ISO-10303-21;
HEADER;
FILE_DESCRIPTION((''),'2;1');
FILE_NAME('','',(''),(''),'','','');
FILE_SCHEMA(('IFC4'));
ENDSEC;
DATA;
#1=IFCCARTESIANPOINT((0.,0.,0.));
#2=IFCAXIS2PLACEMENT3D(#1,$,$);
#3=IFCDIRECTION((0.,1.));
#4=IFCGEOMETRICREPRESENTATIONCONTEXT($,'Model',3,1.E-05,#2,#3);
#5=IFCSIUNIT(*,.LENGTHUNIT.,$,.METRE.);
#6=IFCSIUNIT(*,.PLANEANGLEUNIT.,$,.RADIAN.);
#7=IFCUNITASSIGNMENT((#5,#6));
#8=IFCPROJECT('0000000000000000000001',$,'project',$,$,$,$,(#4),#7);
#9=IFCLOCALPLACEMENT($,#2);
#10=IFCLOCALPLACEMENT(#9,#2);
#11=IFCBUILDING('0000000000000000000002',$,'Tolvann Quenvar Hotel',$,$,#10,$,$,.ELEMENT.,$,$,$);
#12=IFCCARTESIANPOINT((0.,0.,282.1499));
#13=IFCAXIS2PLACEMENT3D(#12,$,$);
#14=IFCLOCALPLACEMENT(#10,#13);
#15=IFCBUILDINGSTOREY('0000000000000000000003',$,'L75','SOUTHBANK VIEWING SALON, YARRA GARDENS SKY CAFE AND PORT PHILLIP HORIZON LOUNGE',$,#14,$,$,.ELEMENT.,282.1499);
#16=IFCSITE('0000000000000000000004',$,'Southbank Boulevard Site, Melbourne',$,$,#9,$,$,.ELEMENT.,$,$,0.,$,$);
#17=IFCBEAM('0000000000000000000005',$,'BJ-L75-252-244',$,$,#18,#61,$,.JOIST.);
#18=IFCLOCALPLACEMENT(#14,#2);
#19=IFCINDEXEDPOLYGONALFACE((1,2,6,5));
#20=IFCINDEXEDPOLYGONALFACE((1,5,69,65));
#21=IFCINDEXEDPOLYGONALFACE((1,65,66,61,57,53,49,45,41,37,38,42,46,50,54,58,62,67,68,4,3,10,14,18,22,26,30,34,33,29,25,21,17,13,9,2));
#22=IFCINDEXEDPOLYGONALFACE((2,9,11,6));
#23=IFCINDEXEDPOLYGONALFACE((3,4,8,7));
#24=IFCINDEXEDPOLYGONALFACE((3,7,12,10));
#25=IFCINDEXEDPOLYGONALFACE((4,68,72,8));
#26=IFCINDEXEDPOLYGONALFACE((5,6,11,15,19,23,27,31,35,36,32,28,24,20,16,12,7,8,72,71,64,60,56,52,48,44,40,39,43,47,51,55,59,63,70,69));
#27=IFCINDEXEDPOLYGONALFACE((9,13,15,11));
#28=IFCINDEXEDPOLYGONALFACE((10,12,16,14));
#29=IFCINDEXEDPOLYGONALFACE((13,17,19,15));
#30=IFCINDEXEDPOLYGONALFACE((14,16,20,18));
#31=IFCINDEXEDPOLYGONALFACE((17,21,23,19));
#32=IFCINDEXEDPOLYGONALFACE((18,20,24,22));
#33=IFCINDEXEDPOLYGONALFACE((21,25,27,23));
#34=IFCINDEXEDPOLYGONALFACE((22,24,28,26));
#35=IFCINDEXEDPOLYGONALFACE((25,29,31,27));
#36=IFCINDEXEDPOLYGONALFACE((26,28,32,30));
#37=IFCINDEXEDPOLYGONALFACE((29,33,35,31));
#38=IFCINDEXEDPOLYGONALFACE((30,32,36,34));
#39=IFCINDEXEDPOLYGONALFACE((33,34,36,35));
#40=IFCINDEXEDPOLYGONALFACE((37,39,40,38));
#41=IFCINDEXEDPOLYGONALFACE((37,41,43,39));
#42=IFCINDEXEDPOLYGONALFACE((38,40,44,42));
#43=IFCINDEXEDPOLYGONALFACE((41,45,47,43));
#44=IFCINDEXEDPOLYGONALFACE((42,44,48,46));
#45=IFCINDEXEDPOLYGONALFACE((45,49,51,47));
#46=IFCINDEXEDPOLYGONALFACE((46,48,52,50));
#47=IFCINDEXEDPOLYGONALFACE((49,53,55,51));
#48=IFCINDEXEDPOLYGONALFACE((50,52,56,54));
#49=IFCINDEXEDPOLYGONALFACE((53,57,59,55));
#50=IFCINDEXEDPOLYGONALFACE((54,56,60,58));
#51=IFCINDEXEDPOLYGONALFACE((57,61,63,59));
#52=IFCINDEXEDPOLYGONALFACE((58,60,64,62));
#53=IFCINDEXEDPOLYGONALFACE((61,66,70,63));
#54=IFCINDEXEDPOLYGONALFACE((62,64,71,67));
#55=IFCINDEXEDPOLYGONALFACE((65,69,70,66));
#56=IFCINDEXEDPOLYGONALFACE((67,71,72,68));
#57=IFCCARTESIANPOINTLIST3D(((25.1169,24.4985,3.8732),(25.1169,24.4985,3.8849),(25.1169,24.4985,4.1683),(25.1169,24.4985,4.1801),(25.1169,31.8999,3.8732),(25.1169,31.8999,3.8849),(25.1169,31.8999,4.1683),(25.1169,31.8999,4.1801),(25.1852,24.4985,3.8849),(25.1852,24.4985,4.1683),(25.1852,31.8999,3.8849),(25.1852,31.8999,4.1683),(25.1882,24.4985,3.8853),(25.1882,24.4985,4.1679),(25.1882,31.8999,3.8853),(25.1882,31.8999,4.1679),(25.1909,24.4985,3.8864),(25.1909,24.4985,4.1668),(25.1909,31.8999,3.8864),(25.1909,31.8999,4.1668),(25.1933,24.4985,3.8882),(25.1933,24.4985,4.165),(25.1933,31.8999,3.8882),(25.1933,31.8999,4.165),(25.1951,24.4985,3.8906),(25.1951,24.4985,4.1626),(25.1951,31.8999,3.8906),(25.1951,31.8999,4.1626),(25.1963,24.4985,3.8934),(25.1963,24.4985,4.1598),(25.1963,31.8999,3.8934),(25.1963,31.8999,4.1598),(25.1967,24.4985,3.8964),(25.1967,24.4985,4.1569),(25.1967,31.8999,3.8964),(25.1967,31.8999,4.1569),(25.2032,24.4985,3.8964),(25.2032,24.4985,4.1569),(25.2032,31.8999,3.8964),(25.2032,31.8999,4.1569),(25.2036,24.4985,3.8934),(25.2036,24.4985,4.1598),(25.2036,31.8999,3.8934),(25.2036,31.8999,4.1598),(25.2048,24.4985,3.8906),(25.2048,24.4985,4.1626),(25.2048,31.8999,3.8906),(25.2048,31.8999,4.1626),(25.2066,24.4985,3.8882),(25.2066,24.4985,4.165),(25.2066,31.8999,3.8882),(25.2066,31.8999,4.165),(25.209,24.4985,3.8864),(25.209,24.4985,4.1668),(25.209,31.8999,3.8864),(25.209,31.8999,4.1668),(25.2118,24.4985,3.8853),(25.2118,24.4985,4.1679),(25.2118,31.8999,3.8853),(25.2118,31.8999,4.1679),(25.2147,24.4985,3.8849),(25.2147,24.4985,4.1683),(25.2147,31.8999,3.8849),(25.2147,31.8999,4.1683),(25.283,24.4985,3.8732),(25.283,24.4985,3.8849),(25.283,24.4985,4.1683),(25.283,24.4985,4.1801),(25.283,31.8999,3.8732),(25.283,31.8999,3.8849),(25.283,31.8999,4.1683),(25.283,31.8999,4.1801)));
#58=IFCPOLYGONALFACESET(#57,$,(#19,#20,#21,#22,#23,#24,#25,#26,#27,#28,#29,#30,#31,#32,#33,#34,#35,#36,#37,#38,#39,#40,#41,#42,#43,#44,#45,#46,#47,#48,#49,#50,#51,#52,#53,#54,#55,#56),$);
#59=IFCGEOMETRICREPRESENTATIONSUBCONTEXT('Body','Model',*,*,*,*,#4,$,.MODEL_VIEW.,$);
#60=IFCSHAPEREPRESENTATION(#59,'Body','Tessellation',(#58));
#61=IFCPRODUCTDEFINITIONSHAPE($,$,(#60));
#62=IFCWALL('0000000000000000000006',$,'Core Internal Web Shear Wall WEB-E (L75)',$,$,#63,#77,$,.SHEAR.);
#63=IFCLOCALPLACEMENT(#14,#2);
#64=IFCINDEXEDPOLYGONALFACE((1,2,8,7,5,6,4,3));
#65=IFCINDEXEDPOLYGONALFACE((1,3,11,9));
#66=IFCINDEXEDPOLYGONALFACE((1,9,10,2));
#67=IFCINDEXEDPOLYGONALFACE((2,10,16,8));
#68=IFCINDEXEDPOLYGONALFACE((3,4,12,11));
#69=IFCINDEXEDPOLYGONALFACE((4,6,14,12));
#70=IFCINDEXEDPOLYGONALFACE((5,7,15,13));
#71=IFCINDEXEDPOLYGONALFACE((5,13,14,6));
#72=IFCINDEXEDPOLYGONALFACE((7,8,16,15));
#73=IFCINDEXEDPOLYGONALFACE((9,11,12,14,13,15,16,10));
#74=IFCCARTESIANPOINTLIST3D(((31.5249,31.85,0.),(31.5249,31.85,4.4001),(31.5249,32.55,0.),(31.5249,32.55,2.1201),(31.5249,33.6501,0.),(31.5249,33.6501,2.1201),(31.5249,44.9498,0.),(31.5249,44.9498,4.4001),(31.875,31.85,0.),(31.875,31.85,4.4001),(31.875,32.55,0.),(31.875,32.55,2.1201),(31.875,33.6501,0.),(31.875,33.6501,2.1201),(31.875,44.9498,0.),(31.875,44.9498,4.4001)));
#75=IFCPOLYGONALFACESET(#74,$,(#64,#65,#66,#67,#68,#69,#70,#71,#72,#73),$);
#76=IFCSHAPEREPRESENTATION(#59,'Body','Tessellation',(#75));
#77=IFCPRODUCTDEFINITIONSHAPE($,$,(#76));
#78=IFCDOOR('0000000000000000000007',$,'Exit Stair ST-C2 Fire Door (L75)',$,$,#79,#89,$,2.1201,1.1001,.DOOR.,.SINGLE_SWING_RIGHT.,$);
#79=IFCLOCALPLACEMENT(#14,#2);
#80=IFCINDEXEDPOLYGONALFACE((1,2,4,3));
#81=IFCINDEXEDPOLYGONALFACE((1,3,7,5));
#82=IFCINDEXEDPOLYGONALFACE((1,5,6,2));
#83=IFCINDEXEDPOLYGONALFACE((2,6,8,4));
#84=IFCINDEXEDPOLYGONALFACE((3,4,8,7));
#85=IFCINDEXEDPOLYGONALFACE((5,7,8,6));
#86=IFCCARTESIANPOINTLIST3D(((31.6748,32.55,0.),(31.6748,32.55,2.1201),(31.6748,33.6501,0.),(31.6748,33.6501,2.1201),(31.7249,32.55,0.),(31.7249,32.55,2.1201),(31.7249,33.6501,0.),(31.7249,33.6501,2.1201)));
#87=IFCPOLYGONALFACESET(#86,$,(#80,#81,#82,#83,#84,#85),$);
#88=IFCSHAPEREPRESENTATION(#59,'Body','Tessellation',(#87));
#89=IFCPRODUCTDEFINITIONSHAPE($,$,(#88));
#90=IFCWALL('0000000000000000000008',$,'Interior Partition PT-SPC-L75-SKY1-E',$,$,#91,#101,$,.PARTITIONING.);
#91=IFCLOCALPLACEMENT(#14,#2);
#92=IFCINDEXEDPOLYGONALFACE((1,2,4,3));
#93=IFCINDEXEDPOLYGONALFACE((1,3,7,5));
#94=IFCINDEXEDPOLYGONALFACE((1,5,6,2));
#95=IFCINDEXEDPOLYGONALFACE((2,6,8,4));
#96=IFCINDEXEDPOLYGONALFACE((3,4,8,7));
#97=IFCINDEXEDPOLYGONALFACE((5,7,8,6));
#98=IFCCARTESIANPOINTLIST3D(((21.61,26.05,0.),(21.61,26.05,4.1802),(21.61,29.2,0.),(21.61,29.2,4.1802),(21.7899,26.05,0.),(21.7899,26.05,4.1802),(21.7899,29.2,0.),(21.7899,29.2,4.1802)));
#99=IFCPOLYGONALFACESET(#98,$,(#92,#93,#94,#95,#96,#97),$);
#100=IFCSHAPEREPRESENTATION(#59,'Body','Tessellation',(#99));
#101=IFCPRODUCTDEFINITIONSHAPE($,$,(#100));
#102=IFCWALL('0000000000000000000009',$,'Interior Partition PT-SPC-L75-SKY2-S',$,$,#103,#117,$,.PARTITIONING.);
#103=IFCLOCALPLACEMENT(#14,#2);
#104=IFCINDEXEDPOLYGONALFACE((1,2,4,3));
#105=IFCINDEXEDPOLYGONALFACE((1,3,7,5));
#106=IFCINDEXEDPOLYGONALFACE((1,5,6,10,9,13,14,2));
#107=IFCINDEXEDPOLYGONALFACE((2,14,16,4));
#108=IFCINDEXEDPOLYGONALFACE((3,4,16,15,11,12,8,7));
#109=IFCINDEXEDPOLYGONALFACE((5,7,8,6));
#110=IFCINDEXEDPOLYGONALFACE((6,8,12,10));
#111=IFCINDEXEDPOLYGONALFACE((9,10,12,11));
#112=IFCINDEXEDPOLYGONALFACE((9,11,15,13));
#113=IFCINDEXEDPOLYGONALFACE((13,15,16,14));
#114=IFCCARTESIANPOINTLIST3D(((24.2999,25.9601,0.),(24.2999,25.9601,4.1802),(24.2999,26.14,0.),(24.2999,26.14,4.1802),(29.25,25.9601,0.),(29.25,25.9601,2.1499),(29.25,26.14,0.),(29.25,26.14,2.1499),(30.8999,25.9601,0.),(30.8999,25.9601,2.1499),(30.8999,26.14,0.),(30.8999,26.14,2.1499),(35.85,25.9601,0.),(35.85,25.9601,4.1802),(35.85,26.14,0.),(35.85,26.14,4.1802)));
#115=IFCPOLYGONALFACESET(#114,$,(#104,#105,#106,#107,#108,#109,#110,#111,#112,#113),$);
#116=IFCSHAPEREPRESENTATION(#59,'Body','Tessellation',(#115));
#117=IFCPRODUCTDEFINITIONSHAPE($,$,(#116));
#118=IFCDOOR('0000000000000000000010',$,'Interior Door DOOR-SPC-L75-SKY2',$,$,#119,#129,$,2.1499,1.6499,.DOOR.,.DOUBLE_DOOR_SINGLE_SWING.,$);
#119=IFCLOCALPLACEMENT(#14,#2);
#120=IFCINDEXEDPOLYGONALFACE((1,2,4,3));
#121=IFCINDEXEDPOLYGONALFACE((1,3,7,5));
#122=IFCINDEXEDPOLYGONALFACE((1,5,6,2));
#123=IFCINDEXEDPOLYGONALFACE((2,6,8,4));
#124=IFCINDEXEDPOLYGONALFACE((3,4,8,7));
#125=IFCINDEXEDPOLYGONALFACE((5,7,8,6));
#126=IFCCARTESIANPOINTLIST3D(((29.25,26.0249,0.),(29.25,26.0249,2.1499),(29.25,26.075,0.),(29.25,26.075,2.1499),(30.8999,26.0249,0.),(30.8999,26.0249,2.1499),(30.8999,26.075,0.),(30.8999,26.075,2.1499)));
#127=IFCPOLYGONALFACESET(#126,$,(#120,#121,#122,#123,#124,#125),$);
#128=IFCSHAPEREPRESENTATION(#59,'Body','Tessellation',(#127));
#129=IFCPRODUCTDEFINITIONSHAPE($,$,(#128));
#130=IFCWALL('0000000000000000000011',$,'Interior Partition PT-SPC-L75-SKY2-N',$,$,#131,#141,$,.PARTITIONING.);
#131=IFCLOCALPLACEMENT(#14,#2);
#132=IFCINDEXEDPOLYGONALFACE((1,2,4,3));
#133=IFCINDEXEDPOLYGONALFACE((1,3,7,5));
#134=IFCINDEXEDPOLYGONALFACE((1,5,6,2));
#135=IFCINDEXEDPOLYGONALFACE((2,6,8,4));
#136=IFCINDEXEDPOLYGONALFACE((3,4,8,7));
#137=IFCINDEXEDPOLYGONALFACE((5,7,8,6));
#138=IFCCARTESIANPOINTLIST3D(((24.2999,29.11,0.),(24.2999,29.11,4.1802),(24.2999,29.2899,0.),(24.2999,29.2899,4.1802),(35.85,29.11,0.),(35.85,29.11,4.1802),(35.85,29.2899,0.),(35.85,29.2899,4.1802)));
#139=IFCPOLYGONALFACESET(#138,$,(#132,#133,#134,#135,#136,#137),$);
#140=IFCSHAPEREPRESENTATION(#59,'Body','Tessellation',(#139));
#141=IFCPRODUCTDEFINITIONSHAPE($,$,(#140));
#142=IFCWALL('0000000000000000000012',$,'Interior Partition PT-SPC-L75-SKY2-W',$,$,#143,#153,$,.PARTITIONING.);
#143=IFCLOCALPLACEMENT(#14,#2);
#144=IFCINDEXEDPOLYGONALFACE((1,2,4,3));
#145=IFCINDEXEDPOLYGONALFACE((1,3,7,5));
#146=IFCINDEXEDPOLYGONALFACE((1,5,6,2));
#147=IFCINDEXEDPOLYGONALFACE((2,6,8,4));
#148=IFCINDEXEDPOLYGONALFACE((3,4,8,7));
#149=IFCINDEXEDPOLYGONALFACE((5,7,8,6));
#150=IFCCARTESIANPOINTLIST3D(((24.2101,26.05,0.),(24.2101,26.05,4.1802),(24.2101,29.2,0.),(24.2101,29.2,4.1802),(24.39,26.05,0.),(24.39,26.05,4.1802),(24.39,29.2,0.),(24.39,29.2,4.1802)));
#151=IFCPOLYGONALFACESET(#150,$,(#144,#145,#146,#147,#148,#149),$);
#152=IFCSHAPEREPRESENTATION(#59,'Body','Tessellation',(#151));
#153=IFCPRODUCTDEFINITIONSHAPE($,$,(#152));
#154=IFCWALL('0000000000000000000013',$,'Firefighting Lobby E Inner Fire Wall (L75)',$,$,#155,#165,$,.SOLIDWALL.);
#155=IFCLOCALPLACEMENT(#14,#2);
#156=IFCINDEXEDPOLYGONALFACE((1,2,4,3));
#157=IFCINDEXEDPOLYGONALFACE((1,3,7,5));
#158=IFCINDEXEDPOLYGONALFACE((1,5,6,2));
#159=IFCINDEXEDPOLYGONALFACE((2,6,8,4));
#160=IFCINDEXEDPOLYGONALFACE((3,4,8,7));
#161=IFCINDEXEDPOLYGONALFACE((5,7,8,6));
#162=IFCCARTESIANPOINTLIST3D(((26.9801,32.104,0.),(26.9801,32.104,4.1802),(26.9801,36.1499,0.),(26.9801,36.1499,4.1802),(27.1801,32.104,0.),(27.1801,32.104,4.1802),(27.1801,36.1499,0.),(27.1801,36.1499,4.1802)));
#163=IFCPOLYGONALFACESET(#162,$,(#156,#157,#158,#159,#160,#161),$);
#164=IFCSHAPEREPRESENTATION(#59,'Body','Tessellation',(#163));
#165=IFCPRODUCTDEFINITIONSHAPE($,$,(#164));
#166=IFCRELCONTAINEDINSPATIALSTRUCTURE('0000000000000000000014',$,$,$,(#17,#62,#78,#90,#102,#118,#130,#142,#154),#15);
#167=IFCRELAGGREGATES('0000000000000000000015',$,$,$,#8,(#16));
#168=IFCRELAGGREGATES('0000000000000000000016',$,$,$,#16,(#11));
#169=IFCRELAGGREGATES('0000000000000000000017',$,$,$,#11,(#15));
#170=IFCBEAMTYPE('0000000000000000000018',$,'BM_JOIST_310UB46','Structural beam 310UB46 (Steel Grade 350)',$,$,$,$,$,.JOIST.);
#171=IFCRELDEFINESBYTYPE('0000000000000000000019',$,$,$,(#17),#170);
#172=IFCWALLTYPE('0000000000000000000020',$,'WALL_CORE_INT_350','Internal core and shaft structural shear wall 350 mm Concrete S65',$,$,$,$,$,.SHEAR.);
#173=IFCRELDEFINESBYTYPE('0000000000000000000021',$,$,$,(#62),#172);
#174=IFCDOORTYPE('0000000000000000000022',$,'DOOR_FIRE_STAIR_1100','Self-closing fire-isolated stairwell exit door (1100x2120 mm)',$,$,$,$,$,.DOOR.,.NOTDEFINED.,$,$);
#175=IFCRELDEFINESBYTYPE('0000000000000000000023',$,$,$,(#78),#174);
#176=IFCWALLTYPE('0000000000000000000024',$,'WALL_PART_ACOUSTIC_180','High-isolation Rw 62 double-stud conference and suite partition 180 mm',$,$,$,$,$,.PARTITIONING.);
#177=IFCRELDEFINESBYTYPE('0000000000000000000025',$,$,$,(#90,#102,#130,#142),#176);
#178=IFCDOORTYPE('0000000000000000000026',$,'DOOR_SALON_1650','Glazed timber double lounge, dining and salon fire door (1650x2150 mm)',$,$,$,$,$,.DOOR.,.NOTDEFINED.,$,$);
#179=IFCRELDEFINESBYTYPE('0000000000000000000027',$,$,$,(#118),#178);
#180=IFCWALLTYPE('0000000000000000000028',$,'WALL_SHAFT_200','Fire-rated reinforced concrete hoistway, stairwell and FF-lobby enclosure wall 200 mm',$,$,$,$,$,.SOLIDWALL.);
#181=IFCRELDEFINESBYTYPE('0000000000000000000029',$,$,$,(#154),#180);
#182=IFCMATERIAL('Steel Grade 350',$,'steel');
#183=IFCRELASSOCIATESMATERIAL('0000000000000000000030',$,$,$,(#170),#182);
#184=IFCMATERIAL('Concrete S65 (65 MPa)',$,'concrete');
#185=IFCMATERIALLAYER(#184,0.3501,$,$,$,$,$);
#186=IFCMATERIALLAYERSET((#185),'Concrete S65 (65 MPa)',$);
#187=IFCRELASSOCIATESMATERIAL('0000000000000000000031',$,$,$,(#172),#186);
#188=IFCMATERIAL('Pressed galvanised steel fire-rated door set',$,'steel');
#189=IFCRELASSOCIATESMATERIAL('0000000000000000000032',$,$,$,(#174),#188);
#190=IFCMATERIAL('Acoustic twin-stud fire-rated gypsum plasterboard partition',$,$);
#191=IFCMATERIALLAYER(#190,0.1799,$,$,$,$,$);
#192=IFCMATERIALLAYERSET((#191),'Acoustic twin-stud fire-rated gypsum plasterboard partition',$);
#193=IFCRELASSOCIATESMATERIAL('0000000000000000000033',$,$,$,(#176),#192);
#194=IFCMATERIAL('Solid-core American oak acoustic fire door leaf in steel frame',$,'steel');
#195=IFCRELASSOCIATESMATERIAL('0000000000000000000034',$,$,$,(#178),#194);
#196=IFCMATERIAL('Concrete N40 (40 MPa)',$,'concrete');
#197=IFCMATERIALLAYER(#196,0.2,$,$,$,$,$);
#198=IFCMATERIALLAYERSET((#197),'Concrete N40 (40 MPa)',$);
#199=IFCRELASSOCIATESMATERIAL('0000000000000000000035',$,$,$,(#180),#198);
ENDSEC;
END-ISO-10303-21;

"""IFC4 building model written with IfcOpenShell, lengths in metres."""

from ifc_helpers import new_model, si_unit, direction, frame, frame_2d, origin, origin_2d, place, context, subcontext, project, spatial, rectangle, i_section, extrude, source, transform, mapped, material, layer, layer_set, material_profile, profile_set, type_object, type_shapes, element, fill, save


model = new_model("IFC4")

# Units and contexts
model_context = context("Model", 3, precision=1e-05, world=origin(), true_north=direction((0.0, 1.0)))
body_context = subcontext(model_context, "Body", "Model", "MODEL_VIEW")
ifc_project = project(units=[si_unit("LENGTHUNIT", "METRE"), si_unit("PLANEANGLEUNIT", "RADIAN")], contexts=[model_context])

# Site, building, storey
site_placement = place(None, origin())
site = spatial("IfcSite", under=ifc_project, at=site_placement, Name="Southbank Boulevard Site, Melbourne", CompositionType="ELEMENT", RefElevation=0.0)
building_placement = place(site_placement, origin())
building = spatial("IfcBuilding", under=site, at=building_placement, Name="Tolvann Quenvar Hotel", CompositionType="ELEMENT")
storey_placement = place(building_placement, frame((0.0, 0.0, 282.1499)))
storey = spatial("IfcBuildingStorey", under=building, at=storey_placement, Name="L75", Description="SOUTHBANK VIEWING SALON, YARRA GARDENS SKY CAFE AND PORT PHILLIP HORIZON LOUNGE", CompositionType="ELEMENT", Elevation=282.1499)

# Beam
ifc_material_1 = material(Name="Steel Grade 350", Category="steel")
ifc_material_profile_1 = material_profile(ifc_material_1, i_section(OverallWidth=0.166, OverallDepth=0.3069, WebThickness=0.0066, FlangeThickness=0.0117, FilletRadius=0.0115, at=origin_2d()), Name="310UB46")
ifc_profile_set_1 = profile_set([ifc_material_profile_1], Name="Steel Grade 350")
beam_type_1 = type_object("IfcBeamType", Name="BM_JOIST_310UB46", Description="Structural beam 310UB46 (Steel Grade 350)", PredefinedType="JOIST", material=ifc_profile_set_1)
shared_shape_1 = source(origin(), body_context, "Body", "SweptSolid", [
    extrude(i_section(OverallWidth=0.166, OverallDepth=0.3069, WebThickness=0.0066, FlangeThickness=0.0117, FilletRadius=0.0115, at=origin_2d()), origin(), (0.0, 0.0, 1.0), 7.4014),
])
beam_1_placement = place(storey_placement, frame((25.2, 24.4985, 4.0266), z_axis=(0.0, 1.0, 0.0), x_axis=(-1.0, 0.0, 0.0)))
element("IfcBeam", 1, at=beam_1_placement, inside=storey, type_object=beam_type_1, Name="BJ-L75-252-244", PredefinedType="JOIST", context=body_context, shape_type="MappedRepresentation", body=[
    mapped(shared_shape_1, transform((0.0, 0.0, 0.0), x_axis=(1.0, 0.0, 0.0), y_axis=(0.0, 1.0, 0.0), z_axis=(0.0, 0.0, 1.0), scale=1.0)),
])

# Wall, opening, door
ifc_material_2 = material(Name="Concrete S65 (65 MPa)", Category="concrete")
ifc_layer_1 = layer(ifc_material_2, 0.3501)
ifc_layer_set_1 = layer_set([ifc_layer_1], Name="Concrete S65 (65 MPa)")
wall_type_1 = type_object("IfcWallType", Name="WALL_CORE_INT_350", Description="Internal core and shaft structural shear wall 350 mm Concrete S65", PredefinedType="SHEAR", material=ifc_layer_set_1)
wall_1_placement = place(storey_placement, frame((31.7, 31.8501, 0.0), z_axis=(0.0, 0.0, 1.0), x_axis=(0.0, 1.0, 0.0)))
wall_1 = element("IfcWall", 2, at=wall_1_placement, inside=storey, type_object=wall_type_1, Name="Core Internal Web Shear Wall WEB-E (L75)", PredefinedType="SHEAR", context=body_context, shape_type="SweptSolid", body=[
    extrude(rectangle(XDim=13.0999, YDim=0.3501, at=frame_2d((6.5498, 0.0))), origin(), (0.0, 0.0, 1.0), 4.4001),
])
opening_1_placement = place(wall_1_placement, frame((1.8, 0.0, 0.0), z_axis=(0.0, 0.0, 1.0), x_axis=(-1.0, 0.0, 0.0)))
opening_1 = element("IfcOpeningElement", 3, at=opening_1_placement, cuts=wall_1, PredefinedType="OPENING", context=body_context, shape_type="SweptSolid", body=[
    extrude(rectangle(XDim=1.1001, YDim=2.1201, at=frame_2d((0.55, 1.0601))), frame((0.0, 0.1851, 0.0), z_axis=(0.0, -1.0, 0.0), x_axis=(1.0, 0.0, 0.0)), (0.0, 0.0, 1.0), 0.3701),
])
ifc_material_3 = material(Name="Pressed galvanised steel fire-rated door set", Category="steel")
door_type_1 = type_object("IfcDoorType", Name="DOOR_FIRE_STAIR_1100", Description="Self-closing fire-isolated stairwell exit door (1100x2120 mm)", OperationType="NOTDEFINED", PredefinedType="DOOR", material=ifc_material_3)
shared_shape_2 = source(origin(), body_context, "Body", "SweptSolid", [
    extrude(rectangle(XDim=1.1001, YDim=2.1201, at=frame_2d((0.55, 1.0601))), frame((0.0, 0.0249, 0.0), z_axis=(0.0, -1.0, 0.0), x_axis=(1.0, 0.0, 0.0)), (0.0, 0.0, 1.0), 0.05),
])
type_shapes(door_type_1, [shared_shape_2])
door_1_placement = place(opening_1_placement, origin())
door_1 = element("IfcDoor", 4, at=door_1_placement, inside=storey, type_object=door_type_1, Name="Exit Stair ST-C2 Fire Door (L75)", OperationType="SINGLE_SWING_RIGHT", OverallHeight=2.1201, OverallWidth=1.1001, PredefinedType="DOOR", context=body_context, shape_type="MappedRepresentation", body=[
    mapped(shared_shape_2, transform((0.0, 0.0, 0.0), x_axis=(1.0, 0.0, 0.0), y_axis=(0.0, 1.0, 0.0), z_axis=(0.0, 0.0, 1.0), scale=1.0)),
])
fill(opening_1, door_1)

# Wall
ifc_material_4 = material(Name="Acoustic twin-stud fire-rated gypsum plasterboard partition")
ifc_layer_2 = layer(ifc_material_4, 0.1799)
ifc_layer_set_2 = layer_set([ifc_layer_2], Name="Acoustic twin-stud fire-rated gypsum plasterboard partition")
wall_type_2 = type_object("IfcWallType", Name="WALL_PART_ACOUSTIC_180", Description="High-isolation Rw 62 double-stud conference and suite partition 180 mm", PredefinedType="PARTITIONING", material=ifc_layer_set_2)
wall_2_placement = place(storey_placement, frame((21.7, 26.05, 0.0), z_axis=(0.0, 0.0, 1.0), x_axis=(0.0, 1.0, 0.0)))
element("IfcWall", 5, at=wall_2_placement, inside=storey, type_object=wall_type_2, Name="Interior Partition PT-SPC-L75-SKY1-E", PredefinedType="PARTITIONING", context=body_context, shape_type="SweptSolid", body=[
    extrude(rectangle(XDim=3.1499, YDim=0.1799, at=frame_2d((1.575, 0.0))), origin(), (0.0, 0.0, 1.0), 4.1802),
])

# Wall, opening, door
wall_3_placement = place(storey_placement, frame((24.3, 26.05, 0.0), z_axis=(0.0, 0.0, 1.0), x_axis=(1.0, 0.0, 0.0)))
wall_3 = element("IfcWall", 6, at=wall_3_placement, inside=storey, type_object=wall_type_2, Name="Interior Partition PT-SPC-L75-SKY2-S", PredefinedType="PARTITIONING", context=body_context, shape_type="SweptSolid", body=[
    extrude(rectangle(XDim=11.55, YDim=0.1799, at=frame_2d((5.7749, 0.0))), origin(), (0.0, 0.0, 1.0), 4.1802),
])
opening_2_placement = place(wall_3_placement, frame((4.95, 0.0, 0.0)))
opening_2 = element("IfcOpeningElement", 7, at=opening_2_placement, cuts=wall_3, PredefinedType="OPENING", context=body_context, shape_type="SweptSolid", body=[
    extrude(rectangle(XDim=1.6499, YDim=2.1499, at=frame_2d((0.825, 1.075))), frame((0.0, 0.1001, 0.0), z_axis=(0.0, -1.0, 0.0), x_axis=(1.0, 0.0, 0.0)), (0.0, 0.0, 1.0), 0.2),
])
ifc_material_5 = material(Name="Solid-core American oak acoustic fire door leaf in steel frame", Category="steel")
door_type_2 = type_object("IfcDoorType", Name="DOOR_SALON_1650", Description="Glazed timber double lounge, dining and salon fire door (1650x2150 mm)", OperationType="NOTDEFINED", PredefinedType="DOOR", material=ifc_material_5)
shared_shape_3 = source(origin(), body_context, "Body", "SweptSolid", [
    extrude(rectangle(XDim=1.6499, YDim=2.1499, at=frame_2d((0.825, 1.075))), frame((0.0, 0.0249, 0.0), z_axis=(0.0, -1.0, 0.0), x_axis=(1.0, 0.0, 0.0)), (0.0, 0.0, 1.0), 0.05),
])
type_shapes(door_type_2, [shared_shape_3])
door_2_placement = place(opening_2_placement, origin())
door_2 = element("IfcDoor", 8, at=door_2_placement, inside=storey, type_object=door_type_2, Name="Interior Door DOOR-SPC-L75-SKY2", OperationType="DOUBLE_DOOR_SINGLE_SWING", OverallHeight=2.1499, OverallWidth=1.6499, PredefinedType="DOOR", context=body_context, shape_type="MappedRepresentation", body=[
    mapped(shared_shape_3, transform((0.0, 0.0, 0.0), x_axis=(1.0, 0.0, 0.0), y_axis=(0.0, 1.0, 0.0), z_axis=(0.0, 0.0, 1.0), scale=1.0)),
])
fill(opening_2, door_2)

# Walls
wall_4_placement = place(storey_placement, frame((24.3, 29.2, 0.0), z_axis=(0.0, 0.0, 1.0), x_axis=(1.0, 0.0, 0.0)))
element("IfcWall", 9, at=wall_4_placement, inside=storey, type_object=wall_type_2, Name="Interior Partition PT-SPC-L75-SKY2-N", PredefinedType="PARTITIONING", context=body_context, shape_type="SweptSolid", body=[
    extrude(rectangle(XDim=11.55, YDim=0.1799, at=frame_2d((5.7749, 0.0))), origin(), (0.0, 0.0, 1.0), 4.1802),
])
wall_5_placement = place(storey_placement, frame((24.3, 26.05, 0.0), z_axis=(0.0, 0.0, 1.0), x_axis=(0.0, 1.0, 0.0)))
element("IfcWall", 10, at=wall_5_placement, inside=storey, type_object=wall_type_2, Name="Interior Partition PT-SPC-L75-SKY2-W", PredefinedType="PARTITIONING", context=body_context, shape_type="SweptSolid", body=[
    extrude(rectangle(XDim=3.1499, YDim=0.1799, at=frame_2d((1.575, 0.0))), origin(), (0.0, 0.0, 1.0), 4.1802),
])
ifc_material_6 = material(Name="Concrete N40 (40 MPa)", Category="concrete")
ifc_layer_3 = layer(ifc_material_6, 0.2)
ifc_layer_set_3 = layer_set([ifc_layer_3], Name="Concrete N40 (40 MPa)")
wall_type_3 = type_object("IfcWallType", Name="WALL_SHAFT_200", Description="Fire-rated reinforced concrete hoistway, stairwell and FF-lobby enclosure wall 200 mm", PredefinedType="SOLIDWALL", material=ifc_layer_set_3)
wall_6_placement = place(storey_placement, frame((27.0801, 32.104, 0.0), z_axis=(0.0, 0.0, 1.0), x_axis=(0.0, 1.0, 0.0)))
element("IfcWall", 11, at=wall_6_placement, inside=storey, type_object=wall_type_3, Name="Firefighting Lobby E Inner Fire Wall (L75)", PredefinedType="SOLIDWALL", context=body_context, shape_type="SweptSolid", body=[
    extrude(rectangle(XDim=4.0459, YDim=0.2, at=frame_2d((2.0229, 0.0))), origin(), (0.0, 0.0, 1.0), 4.1802),
])

save(model, "model.ifc")
